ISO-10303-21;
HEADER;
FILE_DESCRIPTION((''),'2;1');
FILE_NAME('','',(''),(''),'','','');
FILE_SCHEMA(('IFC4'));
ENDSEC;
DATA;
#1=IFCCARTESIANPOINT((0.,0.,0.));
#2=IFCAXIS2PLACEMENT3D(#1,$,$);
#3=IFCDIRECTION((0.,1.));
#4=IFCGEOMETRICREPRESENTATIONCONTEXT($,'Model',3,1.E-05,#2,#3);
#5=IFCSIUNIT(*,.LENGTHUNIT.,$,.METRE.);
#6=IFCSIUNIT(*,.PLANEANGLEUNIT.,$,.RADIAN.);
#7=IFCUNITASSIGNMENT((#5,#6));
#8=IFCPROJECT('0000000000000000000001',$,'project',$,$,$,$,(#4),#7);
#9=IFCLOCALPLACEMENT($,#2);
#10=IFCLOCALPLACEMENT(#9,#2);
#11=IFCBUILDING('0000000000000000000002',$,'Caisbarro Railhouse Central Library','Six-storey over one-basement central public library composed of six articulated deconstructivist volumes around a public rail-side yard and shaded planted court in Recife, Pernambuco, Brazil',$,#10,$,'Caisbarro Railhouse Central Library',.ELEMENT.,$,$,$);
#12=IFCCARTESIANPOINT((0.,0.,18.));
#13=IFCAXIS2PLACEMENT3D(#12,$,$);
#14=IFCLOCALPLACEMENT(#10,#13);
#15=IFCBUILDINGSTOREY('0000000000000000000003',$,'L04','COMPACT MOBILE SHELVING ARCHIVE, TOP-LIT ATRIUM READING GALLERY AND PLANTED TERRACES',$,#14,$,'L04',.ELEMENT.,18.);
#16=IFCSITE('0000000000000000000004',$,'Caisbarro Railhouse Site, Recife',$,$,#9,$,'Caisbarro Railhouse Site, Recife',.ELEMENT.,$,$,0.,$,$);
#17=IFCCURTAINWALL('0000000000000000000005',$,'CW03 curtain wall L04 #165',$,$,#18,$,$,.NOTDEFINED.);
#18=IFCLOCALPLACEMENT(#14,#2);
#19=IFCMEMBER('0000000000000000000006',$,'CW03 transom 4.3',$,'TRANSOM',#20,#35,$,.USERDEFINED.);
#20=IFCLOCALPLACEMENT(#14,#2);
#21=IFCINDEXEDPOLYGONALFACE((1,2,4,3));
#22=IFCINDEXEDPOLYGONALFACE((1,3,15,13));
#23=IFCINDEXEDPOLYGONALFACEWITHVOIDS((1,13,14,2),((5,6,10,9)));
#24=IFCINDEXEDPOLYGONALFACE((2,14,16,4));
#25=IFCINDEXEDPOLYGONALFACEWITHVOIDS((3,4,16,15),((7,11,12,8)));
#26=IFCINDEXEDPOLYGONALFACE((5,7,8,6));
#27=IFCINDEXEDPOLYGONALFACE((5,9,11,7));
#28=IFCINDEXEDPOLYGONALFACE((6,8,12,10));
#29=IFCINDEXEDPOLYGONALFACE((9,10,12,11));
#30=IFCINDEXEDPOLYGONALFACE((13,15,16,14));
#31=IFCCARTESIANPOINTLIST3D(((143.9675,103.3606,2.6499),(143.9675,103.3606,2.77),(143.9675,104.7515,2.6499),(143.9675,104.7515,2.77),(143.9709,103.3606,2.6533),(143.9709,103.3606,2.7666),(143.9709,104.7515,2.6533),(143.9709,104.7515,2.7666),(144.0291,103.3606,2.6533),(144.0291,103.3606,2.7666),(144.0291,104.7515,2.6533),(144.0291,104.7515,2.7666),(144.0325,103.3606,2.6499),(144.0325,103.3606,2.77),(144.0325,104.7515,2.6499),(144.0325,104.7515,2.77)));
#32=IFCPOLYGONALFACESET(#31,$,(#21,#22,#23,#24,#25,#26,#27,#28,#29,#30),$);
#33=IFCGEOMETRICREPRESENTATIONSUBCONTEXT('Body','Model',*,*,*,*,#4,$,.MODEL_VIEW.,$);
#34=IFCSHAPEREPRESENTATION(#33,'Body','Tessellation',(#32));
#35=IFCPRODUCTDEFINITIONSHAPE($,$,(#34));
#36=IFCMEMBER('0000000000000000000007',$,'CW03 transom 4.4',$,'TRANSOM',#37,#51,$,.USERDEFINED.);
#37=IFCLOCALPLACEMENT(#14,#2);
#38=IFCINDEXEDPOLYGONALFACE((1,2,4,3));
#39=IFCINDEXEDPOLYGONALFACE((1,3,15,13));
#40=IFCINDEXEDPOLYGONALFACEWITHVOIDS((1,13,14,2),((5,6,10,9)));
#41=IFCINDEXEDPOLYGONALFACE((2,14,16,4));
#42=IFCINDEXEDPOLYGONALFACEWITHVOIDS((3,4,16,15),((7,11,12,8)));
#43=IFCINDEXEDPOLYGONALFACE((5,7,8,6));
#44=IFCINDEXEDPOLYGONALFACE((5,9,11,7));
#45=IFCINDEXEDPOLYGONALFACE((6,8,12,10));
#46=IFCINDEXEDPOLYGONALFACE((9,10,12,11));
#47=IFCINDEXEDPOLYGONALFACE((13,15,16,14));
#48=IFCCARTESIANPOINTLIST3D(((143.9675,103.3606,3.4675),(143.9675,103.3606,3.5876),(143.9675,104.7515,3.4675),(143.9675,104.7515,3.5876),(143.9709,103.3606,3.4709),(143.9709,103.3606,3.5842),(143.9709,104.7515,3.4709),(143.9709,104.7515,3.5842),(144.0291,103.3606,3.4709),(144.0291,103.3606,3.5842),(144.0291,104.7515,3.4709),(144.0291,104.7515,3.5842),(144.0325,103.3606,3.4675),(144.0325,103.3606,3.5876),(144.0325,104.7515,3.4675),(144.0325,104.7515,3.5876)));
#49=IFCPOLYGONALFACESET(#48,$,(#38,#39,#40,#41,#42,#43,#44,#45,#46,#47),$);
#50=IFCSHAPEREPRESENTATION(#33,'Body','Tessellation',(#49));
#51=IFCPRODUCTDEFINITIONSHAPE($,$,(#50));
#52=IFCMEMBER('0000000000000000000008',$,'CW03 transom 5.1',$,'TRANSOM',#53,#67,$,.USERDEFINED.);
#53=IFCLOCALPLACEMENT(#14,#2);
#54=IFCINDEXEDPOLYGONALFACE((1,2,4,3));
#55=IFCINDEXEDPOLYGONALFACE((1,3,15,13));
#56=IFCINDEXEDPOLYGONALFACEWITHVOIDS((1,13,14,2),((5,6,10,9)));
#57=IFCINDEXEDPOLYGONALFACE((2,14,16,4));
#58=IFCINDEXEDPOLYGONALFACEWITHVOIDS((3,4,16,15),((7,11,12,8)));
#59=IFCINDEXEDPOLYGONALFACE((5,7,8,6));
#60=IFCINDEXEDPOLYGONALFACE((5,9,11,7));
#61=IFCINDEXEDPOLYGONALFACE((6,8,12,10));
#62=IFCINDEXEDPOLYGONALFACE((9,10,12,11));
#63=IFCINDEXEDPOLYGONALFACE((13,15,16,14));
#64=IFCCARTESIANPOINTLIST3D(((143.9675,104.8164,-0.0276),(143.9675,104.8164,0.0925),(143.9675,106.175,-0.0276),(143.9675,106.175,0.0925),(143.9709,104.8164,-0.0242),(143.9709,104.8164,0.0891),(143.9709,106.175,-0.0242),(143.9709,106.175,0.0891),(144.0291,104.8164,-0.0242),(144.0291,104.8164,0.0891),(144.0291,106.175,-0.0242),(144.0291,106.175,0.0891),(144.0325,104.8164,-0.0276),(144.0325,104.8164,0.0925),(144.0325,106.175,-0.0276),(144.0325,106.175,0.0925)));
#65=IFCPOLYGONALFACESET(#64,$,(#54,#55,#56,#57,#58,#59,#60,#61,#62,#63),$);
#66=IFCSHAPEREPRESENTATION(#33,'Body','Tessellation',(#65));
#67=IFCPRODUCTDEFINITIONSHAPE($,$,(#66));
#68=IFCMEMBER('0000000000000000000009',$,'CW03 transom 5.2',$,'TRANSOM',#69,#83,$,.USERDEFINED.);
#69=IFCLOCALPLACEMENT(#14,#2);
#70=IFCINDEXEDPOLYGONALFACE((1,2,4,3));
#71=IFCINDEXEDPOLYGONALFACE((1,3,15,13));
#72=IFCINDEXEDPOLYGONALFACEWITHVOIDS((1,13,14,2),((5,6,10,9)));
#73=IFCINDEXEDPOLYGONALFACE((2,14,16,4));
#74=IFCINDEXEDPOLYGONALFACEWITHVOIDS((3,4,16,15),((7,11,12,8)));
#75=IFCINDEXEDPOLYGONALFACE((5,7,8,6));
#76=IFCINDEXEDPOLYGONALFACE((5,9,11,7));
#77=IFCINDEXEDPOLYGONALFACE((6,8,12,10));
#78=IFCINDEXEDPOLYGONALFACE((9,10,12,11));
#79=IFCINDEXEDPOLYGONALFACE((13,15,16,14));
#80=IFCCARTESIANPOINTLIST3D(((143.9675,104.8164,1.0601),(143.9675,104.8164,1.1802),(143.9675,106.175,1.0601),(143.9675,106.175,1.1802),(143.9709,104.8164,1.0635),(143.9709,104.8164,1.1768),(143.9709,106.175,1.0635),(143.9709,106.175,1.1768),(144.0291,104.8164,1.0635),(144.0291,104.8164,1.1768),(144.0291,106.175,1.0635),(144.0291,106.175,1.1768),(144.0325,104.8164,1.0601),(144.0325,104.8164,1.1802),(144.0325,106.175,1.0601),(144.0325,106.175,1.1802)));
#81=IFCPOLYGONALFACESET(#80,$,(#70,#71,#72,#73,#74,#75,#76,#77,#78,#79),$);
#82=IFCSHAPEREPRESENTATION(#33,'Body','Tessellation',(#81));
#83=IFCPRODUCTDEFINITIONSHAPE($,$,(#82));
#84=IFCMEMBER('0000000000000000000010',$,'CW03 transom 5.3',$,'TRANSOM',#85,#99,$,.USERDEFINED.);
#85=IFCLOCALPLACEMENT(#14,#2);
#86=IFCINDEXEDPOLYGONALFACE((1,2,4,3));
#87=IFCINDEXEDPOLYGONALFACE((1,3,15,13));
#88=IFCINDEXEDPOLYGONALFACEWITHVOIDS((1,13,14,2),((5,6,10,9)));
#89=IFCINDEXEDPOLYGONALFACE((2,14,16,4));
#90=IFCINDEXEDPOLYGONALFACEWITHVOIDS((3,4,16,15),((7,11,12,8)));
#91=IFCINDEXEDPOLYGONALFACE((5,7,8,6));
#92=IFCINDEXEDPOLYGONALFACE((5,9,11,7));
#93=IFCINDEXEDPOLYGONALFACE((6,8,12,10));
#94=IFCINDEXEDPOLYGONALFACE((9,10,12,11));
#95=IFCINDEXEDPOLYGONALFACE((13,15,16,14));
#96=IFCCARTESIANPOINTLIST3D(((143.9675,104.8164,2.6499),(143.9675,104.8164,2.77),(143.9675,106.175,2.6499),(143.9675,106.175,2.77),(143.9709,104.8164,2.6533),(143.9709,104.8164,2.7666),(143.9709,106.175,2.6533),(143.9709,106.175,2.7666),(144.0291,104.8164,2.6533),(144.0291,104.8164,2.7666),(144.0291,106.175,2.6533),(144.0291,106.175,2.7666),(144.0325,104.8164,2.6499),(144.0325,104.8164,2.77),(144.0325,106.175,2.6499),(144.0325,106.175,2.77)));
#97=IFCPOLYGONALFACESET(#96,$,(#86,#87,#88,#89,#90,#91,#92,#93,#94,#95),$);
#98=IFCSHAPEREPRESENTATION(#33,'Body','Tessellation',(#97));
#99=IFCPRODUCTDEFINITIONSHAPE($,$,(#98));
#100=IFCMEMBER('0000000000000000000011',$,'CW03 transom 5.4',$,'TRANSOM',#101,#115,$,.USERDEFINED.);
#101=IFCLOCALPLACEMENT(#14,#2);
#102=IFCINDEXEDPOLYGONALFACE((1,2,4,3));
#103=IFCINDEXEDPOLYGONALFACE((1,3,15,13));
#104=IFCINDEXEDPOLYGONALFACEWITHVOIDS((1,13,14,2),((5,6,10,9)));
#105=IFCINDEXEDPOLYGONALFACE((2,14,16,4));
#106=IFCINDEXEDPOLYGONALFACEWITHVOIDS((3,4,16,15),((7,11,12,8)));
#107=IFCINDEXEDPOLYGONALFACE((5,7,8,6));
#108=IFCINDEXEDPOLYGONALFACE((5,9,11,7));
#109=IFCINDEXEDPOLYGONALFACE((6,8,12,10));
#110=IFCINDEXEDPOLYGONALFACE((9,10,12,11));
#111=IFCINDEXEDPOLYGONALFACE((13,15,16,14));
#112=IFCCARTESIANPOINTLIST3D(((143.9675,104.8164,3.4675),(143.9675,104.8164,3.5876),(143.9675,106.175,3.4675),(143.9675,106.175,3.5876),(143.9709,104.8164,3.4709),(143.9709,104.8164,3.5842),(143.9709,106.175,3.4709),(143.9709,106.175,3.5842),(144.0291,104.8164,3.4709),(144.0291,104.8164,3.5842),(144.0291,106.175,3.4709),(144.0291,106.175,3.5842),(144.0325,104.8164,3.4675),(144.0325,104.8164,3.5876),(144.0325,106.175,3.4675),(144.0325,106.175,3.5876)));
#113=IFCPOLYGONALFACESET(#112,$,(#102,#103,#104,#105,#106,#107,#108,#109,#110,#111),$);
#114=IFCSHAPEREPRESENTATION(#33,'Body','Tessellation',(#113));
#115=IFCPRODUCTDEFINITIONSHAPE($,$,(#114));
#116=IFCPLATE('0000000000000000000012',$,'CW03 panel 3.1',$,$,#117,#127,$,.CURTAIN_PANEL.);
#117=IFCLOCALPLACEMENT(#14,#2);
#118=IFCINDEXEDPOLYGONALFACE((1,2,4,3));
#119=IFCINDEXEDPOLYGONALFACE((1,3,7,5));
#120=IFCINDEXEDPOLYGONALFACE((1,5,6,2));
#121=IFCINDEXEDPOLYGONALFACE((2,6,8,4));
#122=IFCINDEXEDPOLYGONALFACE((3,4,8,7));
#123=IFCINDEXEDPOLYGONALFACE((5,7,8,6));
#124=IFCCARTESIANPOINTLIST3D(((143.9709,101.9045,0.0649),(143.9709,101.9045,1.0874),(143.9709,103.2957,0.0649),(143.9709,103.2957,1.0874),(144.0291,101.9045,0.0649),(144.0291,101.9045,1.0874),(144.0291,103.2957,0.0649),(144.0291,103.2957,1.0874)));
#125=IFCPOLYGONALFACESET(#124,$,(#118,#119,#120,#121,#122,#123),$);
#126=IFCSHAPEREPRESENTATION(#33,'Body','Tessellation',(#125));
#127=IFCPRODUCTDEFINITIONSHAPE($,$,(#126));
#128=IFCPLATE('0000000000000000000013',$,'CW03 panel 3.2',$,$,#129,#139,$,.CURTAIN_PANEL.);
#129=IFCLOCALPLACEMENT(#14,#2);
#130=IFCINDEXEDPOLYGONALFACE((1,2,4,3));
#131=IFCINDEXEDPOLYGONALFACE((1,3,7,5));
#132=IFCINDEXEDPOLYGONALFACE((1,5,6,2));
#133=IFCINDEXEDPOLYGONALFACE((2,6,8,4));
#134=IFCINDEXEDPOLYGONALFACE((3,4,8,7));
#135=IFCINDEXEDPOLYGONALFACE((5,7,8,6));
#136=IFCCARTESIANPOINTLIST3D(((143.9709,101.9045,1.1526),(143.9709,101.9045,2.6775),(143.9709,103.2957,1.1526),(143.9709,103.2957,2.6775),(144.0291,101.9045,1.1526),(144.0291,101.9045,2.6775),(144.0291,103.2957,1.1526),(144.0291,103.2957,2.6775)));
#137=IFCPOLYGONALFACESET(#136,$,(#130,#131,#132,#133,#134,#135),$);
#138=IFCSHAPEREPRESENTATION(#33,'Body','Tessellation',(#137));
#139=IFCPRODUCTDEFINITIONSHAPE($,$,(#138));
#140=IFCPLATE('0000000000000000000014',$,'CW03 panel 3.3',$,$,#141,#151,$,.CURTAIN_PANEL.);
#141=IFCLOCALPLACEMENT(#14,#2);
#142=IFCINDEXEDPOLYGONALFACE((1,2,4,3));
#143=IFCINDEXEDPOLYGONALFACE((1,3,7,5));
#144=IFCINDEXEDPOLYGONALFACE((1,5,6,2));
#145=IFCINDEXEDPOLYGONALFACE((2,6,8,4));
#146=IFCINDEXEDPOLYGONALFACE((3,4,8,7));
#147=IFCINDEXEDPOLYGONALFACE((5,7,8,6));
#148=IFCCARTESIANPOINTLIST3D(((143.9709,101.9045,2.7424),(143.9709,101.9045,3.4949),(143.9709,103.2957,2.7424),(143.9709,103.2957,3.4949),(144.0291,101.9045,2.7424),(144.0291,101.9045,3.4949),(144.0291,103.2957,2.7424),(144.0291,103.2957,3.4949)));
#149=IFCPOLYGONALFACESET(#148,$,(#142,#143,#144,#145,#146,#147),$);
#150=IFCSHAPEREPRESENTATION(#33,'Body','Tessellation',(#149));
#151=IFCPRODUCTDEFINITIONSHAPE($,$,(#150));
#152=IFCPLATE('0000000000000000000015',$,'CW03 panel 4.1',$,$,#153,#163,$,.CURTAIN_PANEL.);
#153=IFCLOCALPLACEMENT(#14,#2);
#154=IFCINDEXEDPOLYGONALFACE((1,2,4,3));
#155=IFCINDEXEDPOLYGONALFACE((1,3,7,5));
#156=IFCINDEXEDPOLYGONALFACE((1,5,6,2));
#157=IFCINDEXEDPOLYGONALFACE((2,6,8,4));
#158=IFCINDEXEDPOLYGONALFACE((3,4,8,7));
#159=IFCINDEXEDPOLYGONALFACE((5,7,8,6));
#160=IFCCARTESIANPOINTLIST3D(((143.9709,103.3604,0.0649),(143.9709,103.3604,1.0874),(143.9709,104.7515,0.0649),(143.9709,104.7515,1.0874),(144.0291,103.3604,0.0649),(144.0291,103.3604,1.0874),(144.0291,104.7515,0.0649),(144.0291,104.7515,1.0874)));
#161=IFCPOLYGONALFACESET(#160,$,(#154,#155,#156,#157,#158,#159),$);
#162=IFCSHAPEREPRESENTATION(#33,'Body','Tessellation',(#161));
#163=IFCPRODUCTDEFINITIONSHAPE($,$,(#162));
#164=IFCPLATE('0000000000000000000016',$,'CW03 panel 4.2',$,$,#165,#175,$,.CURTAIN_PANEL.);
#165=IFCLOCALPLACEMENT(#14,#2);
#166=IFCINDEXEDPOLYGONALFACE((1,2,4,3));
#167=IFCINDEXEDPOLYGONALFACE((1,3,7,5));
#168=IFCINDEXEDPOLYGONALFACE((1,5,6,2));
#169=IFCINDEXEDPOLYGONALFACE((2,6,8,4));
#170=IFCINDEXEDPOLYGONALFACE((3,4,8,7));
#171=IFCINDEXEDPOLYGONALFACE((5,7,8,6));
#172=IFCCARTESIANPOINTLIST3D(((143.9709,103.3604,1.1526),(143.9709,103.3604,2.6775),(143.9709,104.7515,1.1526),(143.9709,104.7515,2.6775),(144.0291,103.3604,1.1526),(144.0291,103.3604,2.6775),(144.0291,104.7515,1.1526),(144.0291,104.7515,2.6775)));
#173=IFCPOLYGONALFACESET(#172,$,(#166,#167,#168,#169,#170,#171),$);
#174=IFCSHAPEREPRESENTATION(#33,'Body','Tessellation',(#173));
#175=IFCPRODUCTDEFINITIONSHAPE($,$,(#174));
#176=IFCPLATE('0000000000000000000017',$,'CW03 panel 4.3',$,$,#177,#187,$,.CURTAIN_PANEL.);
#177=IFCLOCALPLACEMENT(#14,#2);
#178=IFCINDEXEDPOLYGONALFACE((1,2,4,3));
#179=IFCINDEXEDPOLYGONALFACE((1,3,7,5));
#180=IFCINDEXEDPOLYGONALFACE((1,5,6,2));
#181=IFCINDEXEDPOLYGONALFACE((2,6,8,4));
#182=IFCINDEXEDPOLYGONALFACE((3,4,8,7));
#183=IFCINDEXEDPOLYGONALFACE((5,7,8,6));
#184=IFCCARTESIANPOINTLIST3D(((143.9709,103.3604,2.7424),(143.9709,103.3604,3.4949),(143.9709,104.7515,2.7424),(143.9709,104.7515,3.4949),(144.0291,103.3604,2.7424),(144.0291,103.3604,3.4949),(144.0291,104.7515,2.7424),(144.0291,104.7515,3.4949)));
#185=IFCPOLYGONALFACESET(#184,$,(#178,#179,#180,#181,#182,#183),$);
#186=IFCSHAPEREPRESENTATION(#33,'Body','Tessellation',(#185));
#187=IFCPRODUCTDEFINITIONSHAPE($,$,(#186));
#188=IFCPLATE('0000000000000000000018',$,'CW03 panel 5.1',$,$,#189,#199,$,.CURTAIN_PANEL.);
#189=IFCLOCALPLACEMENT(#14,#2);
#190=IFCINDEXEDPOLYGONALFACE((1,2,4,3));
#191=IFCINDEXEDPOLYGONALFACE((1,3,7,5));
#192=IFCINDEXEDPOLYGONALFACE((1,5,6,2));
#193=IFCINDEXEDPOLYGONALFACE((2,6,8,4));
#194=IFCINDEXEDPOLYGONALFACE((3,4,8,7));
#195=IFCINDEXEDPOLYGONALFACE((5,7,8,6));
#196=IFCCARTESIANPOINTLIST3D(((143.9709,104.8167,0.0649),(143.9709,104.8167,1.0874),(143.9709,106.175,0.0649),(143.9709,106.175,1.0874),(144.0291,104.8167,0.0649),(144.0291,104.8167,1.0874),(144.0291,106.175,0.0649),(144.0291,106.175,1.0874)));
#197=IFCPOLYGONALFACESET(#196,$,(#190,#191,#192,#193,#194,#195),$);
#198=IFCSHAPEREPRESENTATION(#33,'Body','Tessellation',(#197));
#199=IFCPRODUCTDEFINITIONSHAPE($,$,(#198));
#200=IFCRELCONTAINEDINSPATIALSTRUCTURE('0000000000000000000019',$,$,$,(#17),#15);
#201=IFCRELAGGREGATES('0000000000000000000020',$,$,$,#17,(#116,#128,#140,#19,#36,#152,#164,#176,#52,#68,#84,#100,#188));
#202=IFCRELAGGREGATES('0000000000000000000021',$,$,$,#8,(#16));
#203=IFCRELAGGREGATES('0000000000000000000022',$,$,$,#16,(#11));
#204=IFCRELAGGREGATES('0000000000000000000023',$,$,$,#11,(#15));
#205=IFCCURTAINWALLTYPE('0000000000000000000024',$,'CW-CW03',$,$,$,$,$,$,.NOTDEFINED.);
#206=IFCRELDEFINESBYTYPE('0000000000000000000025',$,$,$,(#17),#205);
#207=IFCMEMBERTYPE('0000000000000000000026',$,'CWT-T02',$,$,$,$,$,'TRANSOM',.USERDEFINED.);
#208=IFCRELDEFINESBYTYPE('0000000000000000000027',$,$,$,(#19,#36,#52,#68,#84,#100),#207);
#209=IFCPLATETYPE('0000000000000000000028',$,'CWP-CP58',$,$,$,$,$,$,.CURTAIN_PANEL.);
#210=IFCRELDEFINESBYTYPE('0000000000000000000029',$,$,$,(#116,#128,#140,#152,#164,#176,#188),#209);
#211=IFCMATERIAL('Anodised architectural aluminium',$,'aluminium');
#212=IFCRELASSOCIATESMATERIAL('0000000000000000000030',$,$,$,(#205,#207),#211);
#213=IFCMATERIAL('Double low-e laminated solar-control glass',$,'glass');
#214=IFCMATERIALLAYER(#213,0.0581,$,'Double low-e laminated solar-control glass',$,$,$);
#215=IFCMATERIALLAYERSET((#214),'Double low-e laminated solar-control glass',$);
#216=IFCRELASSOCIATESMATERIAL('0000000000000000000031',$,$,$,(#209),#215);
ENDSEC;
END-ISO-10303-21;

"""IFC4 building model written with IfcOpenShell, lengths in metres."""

from ifc_helpers import new_model, si_unit, direction, frame, origin, origin_2d, place, context, subcontext, project, spatial, rectangle, hollow_rectangle, extrude, material, layer, layer_set, material_profile, profile_set, type_object, element, aggregate, save


model = new_model("IFC4")

# Units and contexts
model_context = context("Model", 3, precision=1e-05, world=origin(), true_north=direction((0.0, 1.0)))
body_context = subcontext(model_context, "Body", "Model", "MODEL_VIEW")
ifc_project = project(units=[si_unit("LENGTHUNIT", "METRE"), si_unit("PLANEANGLEUNIT", "RADIAN")], contexts=[model_context])

# Site, building, storey
site_placement = place(None, origin())
site = spatial("IfcSite", under=ifc_project, at=site_placement, Name="Caisbarro Railhouse Site, Recife", LongName="Caisbarro Railhouse Site, Recife", CompositionType="ELEMENT", RefElevation=0.0)
building_placement = place(site_placement, origin())
building = spatial("IfcBuilding", under=site, at=building_placement, Name="Caisbarro Railhouse Central Library", Description="Six-storey over one-basement central public library composed of six articulated deconstructivist volumes around a public rail-side yard and shaded planted court in Recife, Pernambuco, Brazil", LongName="Caisbarro Railhouse Central Library", CompositionType="ELEMENT")
storey_placement = place(building_placement, frame((0.0, 0.0, 18.0)))
storey = spatial("IfcBuildingStorey", under=building, at=storey_placement, Name="L04", Description="COMPACT MOBILE SHELVING ARCHIVE, TOP-LIT ATRIUM READING GALLERY AND PLANTED TERRACES", LongName="L04", CompositionType="ELEMENT", Elevation=18.0)

# Curtain wall, members, plates
ifc_material_1 = material(Name="Anodised architectural aluminium", Category="aluminium")
curtain_wall_type = type_object("IfcCurtainWallType", Name="CW-CW03", PredefinedType="NOTDEFINED", material=ifc_material_1)
curtain_wall_placement = place(storey_placement, origin())
curtain_wall = element("IfcCurtainWall", 1, at=curtain_wall_placement, inside=storey, type_object=curtain_wall_type, Name="CW03 curtain wall L04 #165", PredefinedType="NOTDEFINED")
ifc_material_profile_1 = material_profile(ifc_material_1, hollow_rectangle(XDim=0.0649, YDim=0.1201, WallThickness=0.0034, at=origin_2d()), Name="ALU-TRN-65X120")
ifc_profile_set_1 = profile_set([ifc_material_profile_1], Name="Anodised architectural aluminium")
member_type_1 = type_object("IfcMemberType", Name="CWT-T02", ElementType="TRANSOM", PredefinedType="USERDEFINED", material=ifc_profile_set_1)
member_1_placement = place(storey_placement, frame((144.0, 103.3606, 2.71), z_axis=(0.0, 1.0, 0.0), x_axis=(-1.0, 0.0, 0.0)))
member_1 = element("IfcMember", 2, at=member_1_placement, type_object=member_type_1, Name="CW03 transom 4.3", ObjectType="TRANSOM", PredefinedType="USERDEFINED", context=body_context, shape_type="SweptSolid", body=[
    extrude(hollow_rectangle(XDim=0.0649, YDim=0.1201, WallThickness=0.0034, at=origin_2d()), origin(), (0.0, 0.0, 1.0), 1.3909),
])
member_2_placement = place(storey_placement, frame((144.0, 103.3606, 3.5276), z_axis=(0.0, 1.0, 0.0), x_axis=(-1.0, 0.0, 0.0)))
member_2 = element("IfcMember", 3, at=member_2_placement, type_object=member_type_1, Name="CW03 transom 4.4", ObjectType="TRANSOM", PredefinedType="USERDEFINED", context=body_context, shape_type="SweptSolid", body=[
    extrude(hollow_rectangle(XDim=0.0649, YDim=0.1201, WallThickness=0.0034, at=origin_2d()), origin(), (0.0, 0.0, 1.0), 1.3909),
])
member_3_placement = place(storey_placement, frame((144.0, 104.8164, 0.0325), z_axis=(0.0, 1.0, 0.0), x_axis=(-1.0, 0.0, 0.0)))
member_3 = element("IfcMember", 4, at=member_3_placement, type_object=member_type_1, Name="CW03 transom 5.1", ObjectType="TRANSOM", PredefinedType="USERDEFINED", context=body_context, shape_type="SweptSolid", body=[
    extrude(hollow_rectangle(XDim=0.0649, YDim=0.1201, WallThickness=0.0034, at=origin_2d()), origin(), (0.0, 0.0, 1.0), 1.3586),
])
member_4_placement = place(storey_placement, frame((144.0, 104.8164, 1.1201), z_axis=(0.0, 1.0, 0.0), x_axis=(-1.0, 0.0, 0.0)))
member_4 = element("IfcMember", 5, at=member_4_placement, type_object=member_type_1, Name="CW03 transom 5.2", ObjectType="TRANSOM", PredefinedType="USERDEFINED", context=body_context, shape_type="SweptSolid", body=[
    extrude(hollow_rectangle(XDim=0.0649, YDim=0.1201, WallThickness=0.0034, at=origin_2d()), origin(), (0.0, 0.0, 1.0), 1.3586),
])
member_5_placement = place(storey_placement, frame((144.0, 104.8164, 2.71), z_axis=(0.0, 1.0, 0.0), x_axis=(-1.0, 0.0, 0.0)))
member_5 = element("IfcMember", 6, at=member_5_placement, type_object=member_type_1, Name="CW03 transom 5.3", ObjectType="TRANSOM", PredefinedType="USERDEFINED", context=body_context, shape_type="SweptSolid", body=[
    extrude(hollow_rectangle(XDim=0.0649, YDim=0.1201, WallThickness=0.0034, at=origin_2d()), origin(), (0.0, 0.0, 1.0), 1.3586),
])
member_6_placement = place(storey_placement, frame((144.0, 104.8164, 3.5276), z_axis=(0.0, 1.0, 0.0), x_axis=(-1.0, 0.0, 0.0)))
member_6 = element("IfcMember", 7, at=member_6_placement, type_object=member_type_1, Name="CW03 transom 5.4", ObjectType="TRANSOM", PredefinedType="USERDEFINED", context=body_context, shape_type="SweptSolid", body=[
    extrude(hollow_rectangle(XDim=0.0649, YDim=0.1201, WallThickness=0.0034, at=origin_2d()), origin(), (0.0, 0.0, 1.0), 1.3586),
])
ifc_material_2 = material(Name="Double low-e laminated solar-control glass", Category="glass")
ifc_layer_1 = layer(ifc_material_2, 0.0581, Name="Double low-e laminated solar-control glass")
ifc_layer_set_1 = layer_set([ifc_layer_1], Name="Double low-e laminated solar-control glass")
plate_type_1 = type_object("IfcPlateType", Name="CWP-CP58", PredefinedType="CURTAIN_PANEL", material=ifc_layer_set_1)
plate_1_placement = place(storey_placement, frame((144.0, 102.6001, 0.0649), z_axis=(0.0, 0.0, 1.0), x_axis=(0.0, 1.0, 0.0)))
plate_1 = element("IfcPlate", 8, at=plate_1_placement, type_object=plate_type_1, Name="CW03 panel 3.1", PredefinedType="CURTAIN_PANEL", context=body_context, shape_type="SweptSolid", body=[
    extrude(rectangle(XDim=1.3911, YDim=0.0581, at=origin_2d()), origin(), (0.0, 0.0, 1.0), 1.0225),
])
plate_2_placement = place(storey_placement, frame((144.0, 102.6001, 1.1526), z_axis=(0.0, 0.0, 1.0), x_axis=(0.0, 1.0, 0.0)))
plate_2 = element("IfcPlate", 9, at=plate_2_placement, type_object=plate_type_1, Name="CW03 panel 3.2", PredefinedType="CURTAIN_PANEL", context=body_context, shape_type="SweptSolid", body=[
    extrude(rectangle(XDim=1.3911, YDim=0.0581, at=origin_2d()), origin(), (0.0, 0.0, 1.0), 1.5249),
])
plate_3_placement = place(storey_placement, frame((144.0, 102.6001, 2.7424), z_axis=(0.0, 0.0, 1.0), x_axis=(0.0, 1.0, 0.0)))
plate_3 = element("IfcPlate", 10, at=plate_3_placement, type_object=plate_type_1, Name="CW03 panel 3.3", PredefinedType="CURTAIN_PANEL", context=body_context, shape_type="SweptSolid", body=[
    extrude(rectangle(XDim=1.3911, YDim=0.0581, at=origin_2d()), origin(), (0.0, 0.0, 1.0), 0.7524),
])
plate_4_placement = place(storey_placement, frame((144.0, 104.0559, 0.0649), z_axis=(0.0, 0.0, 1.0), x_axis=(0.0, 1.0, 0.0)))
plate_4 = element("IfcPlate", 11, at=plate_4_placement, type_object=plate_type_1, Name="CW03 panel 4.1", PredefinedType="CURTAIN_PANEL", context=body_context, shape_type="SweptSolid", body=[
    extrude(rectangle(XDim=1.3911, YDim=0.0581, at=origin_2d()), origin(), (0.0, 0.0, 1.0), 1.0225),
])
plate_5_placement = place(storey_placement, frame((144.0, 104.0559, 1.1526), z_axis=(0.0, 0.0, 1.0), x_axis=(0.0, 1.0, 0.0)))
plate_5 = element("IfcPlate", 12, at=plate_5_placement, type_object=plate_type_1, Name="CW03 panel 4.2", PredefinedType="CURTAIN_PANEL", context=body_context, shape_type="SweptSolid", body=[
    extrude(rectangle(XDim=1.3911, YDim=0.0581, at=origin_2d()), origin(), (0.0, 0.0, 1.0), 1.5249),
])
plate_6_placement = place(storey_placement, frame((144.0, 104.0559, 2.7424), z_axis=(0.0, 0.0, 1.0), x_axis=(0.0, 1.0, 0.0)))
plate_6 = element("IfcPlate", 13, at=plate_6_placement, type_object=plate_type_1, Name="CW03 panel 4.3", PredefinedType="CURTAIN_PANEL", context=body_context, shape_type="SweptSolid", body=[
    extrude(rectangle(XDim=1.3911, YDim=0.0581, at=origin_2d()), origin(), (0.0, 0.0, 1.0), 0.7524),
])
plate_7_placement = place(storey_placement, frame((144.0, 105.4958, 0.0649), z_axis=(0.0, 0.0, 1.0), x_axis=(0.0, 1.0, 0.0)))
plate_7 = element("IfcPlate", 14, at=plate_7_placement, type_object=plate_type_1, Name="CW03 panel 5.1", PredefinedType="CURTAIN_PANEL", context=body_context, shape_type="SweptSolid", body=[
    extrude(rectangle(XDim=1.3584, YDim=0.0581, at=origin_2d()), origin(), (0.0, 0.0, 1.0), 1.0225),
])
aggregate(curtain_wall, [plate_1, plate_2, plate_3, member_1, member_2, plate_4, plate_5, plate_6, member_3, member_4, member_5, member_6, plate_7])

save(model, "model.ifc")
